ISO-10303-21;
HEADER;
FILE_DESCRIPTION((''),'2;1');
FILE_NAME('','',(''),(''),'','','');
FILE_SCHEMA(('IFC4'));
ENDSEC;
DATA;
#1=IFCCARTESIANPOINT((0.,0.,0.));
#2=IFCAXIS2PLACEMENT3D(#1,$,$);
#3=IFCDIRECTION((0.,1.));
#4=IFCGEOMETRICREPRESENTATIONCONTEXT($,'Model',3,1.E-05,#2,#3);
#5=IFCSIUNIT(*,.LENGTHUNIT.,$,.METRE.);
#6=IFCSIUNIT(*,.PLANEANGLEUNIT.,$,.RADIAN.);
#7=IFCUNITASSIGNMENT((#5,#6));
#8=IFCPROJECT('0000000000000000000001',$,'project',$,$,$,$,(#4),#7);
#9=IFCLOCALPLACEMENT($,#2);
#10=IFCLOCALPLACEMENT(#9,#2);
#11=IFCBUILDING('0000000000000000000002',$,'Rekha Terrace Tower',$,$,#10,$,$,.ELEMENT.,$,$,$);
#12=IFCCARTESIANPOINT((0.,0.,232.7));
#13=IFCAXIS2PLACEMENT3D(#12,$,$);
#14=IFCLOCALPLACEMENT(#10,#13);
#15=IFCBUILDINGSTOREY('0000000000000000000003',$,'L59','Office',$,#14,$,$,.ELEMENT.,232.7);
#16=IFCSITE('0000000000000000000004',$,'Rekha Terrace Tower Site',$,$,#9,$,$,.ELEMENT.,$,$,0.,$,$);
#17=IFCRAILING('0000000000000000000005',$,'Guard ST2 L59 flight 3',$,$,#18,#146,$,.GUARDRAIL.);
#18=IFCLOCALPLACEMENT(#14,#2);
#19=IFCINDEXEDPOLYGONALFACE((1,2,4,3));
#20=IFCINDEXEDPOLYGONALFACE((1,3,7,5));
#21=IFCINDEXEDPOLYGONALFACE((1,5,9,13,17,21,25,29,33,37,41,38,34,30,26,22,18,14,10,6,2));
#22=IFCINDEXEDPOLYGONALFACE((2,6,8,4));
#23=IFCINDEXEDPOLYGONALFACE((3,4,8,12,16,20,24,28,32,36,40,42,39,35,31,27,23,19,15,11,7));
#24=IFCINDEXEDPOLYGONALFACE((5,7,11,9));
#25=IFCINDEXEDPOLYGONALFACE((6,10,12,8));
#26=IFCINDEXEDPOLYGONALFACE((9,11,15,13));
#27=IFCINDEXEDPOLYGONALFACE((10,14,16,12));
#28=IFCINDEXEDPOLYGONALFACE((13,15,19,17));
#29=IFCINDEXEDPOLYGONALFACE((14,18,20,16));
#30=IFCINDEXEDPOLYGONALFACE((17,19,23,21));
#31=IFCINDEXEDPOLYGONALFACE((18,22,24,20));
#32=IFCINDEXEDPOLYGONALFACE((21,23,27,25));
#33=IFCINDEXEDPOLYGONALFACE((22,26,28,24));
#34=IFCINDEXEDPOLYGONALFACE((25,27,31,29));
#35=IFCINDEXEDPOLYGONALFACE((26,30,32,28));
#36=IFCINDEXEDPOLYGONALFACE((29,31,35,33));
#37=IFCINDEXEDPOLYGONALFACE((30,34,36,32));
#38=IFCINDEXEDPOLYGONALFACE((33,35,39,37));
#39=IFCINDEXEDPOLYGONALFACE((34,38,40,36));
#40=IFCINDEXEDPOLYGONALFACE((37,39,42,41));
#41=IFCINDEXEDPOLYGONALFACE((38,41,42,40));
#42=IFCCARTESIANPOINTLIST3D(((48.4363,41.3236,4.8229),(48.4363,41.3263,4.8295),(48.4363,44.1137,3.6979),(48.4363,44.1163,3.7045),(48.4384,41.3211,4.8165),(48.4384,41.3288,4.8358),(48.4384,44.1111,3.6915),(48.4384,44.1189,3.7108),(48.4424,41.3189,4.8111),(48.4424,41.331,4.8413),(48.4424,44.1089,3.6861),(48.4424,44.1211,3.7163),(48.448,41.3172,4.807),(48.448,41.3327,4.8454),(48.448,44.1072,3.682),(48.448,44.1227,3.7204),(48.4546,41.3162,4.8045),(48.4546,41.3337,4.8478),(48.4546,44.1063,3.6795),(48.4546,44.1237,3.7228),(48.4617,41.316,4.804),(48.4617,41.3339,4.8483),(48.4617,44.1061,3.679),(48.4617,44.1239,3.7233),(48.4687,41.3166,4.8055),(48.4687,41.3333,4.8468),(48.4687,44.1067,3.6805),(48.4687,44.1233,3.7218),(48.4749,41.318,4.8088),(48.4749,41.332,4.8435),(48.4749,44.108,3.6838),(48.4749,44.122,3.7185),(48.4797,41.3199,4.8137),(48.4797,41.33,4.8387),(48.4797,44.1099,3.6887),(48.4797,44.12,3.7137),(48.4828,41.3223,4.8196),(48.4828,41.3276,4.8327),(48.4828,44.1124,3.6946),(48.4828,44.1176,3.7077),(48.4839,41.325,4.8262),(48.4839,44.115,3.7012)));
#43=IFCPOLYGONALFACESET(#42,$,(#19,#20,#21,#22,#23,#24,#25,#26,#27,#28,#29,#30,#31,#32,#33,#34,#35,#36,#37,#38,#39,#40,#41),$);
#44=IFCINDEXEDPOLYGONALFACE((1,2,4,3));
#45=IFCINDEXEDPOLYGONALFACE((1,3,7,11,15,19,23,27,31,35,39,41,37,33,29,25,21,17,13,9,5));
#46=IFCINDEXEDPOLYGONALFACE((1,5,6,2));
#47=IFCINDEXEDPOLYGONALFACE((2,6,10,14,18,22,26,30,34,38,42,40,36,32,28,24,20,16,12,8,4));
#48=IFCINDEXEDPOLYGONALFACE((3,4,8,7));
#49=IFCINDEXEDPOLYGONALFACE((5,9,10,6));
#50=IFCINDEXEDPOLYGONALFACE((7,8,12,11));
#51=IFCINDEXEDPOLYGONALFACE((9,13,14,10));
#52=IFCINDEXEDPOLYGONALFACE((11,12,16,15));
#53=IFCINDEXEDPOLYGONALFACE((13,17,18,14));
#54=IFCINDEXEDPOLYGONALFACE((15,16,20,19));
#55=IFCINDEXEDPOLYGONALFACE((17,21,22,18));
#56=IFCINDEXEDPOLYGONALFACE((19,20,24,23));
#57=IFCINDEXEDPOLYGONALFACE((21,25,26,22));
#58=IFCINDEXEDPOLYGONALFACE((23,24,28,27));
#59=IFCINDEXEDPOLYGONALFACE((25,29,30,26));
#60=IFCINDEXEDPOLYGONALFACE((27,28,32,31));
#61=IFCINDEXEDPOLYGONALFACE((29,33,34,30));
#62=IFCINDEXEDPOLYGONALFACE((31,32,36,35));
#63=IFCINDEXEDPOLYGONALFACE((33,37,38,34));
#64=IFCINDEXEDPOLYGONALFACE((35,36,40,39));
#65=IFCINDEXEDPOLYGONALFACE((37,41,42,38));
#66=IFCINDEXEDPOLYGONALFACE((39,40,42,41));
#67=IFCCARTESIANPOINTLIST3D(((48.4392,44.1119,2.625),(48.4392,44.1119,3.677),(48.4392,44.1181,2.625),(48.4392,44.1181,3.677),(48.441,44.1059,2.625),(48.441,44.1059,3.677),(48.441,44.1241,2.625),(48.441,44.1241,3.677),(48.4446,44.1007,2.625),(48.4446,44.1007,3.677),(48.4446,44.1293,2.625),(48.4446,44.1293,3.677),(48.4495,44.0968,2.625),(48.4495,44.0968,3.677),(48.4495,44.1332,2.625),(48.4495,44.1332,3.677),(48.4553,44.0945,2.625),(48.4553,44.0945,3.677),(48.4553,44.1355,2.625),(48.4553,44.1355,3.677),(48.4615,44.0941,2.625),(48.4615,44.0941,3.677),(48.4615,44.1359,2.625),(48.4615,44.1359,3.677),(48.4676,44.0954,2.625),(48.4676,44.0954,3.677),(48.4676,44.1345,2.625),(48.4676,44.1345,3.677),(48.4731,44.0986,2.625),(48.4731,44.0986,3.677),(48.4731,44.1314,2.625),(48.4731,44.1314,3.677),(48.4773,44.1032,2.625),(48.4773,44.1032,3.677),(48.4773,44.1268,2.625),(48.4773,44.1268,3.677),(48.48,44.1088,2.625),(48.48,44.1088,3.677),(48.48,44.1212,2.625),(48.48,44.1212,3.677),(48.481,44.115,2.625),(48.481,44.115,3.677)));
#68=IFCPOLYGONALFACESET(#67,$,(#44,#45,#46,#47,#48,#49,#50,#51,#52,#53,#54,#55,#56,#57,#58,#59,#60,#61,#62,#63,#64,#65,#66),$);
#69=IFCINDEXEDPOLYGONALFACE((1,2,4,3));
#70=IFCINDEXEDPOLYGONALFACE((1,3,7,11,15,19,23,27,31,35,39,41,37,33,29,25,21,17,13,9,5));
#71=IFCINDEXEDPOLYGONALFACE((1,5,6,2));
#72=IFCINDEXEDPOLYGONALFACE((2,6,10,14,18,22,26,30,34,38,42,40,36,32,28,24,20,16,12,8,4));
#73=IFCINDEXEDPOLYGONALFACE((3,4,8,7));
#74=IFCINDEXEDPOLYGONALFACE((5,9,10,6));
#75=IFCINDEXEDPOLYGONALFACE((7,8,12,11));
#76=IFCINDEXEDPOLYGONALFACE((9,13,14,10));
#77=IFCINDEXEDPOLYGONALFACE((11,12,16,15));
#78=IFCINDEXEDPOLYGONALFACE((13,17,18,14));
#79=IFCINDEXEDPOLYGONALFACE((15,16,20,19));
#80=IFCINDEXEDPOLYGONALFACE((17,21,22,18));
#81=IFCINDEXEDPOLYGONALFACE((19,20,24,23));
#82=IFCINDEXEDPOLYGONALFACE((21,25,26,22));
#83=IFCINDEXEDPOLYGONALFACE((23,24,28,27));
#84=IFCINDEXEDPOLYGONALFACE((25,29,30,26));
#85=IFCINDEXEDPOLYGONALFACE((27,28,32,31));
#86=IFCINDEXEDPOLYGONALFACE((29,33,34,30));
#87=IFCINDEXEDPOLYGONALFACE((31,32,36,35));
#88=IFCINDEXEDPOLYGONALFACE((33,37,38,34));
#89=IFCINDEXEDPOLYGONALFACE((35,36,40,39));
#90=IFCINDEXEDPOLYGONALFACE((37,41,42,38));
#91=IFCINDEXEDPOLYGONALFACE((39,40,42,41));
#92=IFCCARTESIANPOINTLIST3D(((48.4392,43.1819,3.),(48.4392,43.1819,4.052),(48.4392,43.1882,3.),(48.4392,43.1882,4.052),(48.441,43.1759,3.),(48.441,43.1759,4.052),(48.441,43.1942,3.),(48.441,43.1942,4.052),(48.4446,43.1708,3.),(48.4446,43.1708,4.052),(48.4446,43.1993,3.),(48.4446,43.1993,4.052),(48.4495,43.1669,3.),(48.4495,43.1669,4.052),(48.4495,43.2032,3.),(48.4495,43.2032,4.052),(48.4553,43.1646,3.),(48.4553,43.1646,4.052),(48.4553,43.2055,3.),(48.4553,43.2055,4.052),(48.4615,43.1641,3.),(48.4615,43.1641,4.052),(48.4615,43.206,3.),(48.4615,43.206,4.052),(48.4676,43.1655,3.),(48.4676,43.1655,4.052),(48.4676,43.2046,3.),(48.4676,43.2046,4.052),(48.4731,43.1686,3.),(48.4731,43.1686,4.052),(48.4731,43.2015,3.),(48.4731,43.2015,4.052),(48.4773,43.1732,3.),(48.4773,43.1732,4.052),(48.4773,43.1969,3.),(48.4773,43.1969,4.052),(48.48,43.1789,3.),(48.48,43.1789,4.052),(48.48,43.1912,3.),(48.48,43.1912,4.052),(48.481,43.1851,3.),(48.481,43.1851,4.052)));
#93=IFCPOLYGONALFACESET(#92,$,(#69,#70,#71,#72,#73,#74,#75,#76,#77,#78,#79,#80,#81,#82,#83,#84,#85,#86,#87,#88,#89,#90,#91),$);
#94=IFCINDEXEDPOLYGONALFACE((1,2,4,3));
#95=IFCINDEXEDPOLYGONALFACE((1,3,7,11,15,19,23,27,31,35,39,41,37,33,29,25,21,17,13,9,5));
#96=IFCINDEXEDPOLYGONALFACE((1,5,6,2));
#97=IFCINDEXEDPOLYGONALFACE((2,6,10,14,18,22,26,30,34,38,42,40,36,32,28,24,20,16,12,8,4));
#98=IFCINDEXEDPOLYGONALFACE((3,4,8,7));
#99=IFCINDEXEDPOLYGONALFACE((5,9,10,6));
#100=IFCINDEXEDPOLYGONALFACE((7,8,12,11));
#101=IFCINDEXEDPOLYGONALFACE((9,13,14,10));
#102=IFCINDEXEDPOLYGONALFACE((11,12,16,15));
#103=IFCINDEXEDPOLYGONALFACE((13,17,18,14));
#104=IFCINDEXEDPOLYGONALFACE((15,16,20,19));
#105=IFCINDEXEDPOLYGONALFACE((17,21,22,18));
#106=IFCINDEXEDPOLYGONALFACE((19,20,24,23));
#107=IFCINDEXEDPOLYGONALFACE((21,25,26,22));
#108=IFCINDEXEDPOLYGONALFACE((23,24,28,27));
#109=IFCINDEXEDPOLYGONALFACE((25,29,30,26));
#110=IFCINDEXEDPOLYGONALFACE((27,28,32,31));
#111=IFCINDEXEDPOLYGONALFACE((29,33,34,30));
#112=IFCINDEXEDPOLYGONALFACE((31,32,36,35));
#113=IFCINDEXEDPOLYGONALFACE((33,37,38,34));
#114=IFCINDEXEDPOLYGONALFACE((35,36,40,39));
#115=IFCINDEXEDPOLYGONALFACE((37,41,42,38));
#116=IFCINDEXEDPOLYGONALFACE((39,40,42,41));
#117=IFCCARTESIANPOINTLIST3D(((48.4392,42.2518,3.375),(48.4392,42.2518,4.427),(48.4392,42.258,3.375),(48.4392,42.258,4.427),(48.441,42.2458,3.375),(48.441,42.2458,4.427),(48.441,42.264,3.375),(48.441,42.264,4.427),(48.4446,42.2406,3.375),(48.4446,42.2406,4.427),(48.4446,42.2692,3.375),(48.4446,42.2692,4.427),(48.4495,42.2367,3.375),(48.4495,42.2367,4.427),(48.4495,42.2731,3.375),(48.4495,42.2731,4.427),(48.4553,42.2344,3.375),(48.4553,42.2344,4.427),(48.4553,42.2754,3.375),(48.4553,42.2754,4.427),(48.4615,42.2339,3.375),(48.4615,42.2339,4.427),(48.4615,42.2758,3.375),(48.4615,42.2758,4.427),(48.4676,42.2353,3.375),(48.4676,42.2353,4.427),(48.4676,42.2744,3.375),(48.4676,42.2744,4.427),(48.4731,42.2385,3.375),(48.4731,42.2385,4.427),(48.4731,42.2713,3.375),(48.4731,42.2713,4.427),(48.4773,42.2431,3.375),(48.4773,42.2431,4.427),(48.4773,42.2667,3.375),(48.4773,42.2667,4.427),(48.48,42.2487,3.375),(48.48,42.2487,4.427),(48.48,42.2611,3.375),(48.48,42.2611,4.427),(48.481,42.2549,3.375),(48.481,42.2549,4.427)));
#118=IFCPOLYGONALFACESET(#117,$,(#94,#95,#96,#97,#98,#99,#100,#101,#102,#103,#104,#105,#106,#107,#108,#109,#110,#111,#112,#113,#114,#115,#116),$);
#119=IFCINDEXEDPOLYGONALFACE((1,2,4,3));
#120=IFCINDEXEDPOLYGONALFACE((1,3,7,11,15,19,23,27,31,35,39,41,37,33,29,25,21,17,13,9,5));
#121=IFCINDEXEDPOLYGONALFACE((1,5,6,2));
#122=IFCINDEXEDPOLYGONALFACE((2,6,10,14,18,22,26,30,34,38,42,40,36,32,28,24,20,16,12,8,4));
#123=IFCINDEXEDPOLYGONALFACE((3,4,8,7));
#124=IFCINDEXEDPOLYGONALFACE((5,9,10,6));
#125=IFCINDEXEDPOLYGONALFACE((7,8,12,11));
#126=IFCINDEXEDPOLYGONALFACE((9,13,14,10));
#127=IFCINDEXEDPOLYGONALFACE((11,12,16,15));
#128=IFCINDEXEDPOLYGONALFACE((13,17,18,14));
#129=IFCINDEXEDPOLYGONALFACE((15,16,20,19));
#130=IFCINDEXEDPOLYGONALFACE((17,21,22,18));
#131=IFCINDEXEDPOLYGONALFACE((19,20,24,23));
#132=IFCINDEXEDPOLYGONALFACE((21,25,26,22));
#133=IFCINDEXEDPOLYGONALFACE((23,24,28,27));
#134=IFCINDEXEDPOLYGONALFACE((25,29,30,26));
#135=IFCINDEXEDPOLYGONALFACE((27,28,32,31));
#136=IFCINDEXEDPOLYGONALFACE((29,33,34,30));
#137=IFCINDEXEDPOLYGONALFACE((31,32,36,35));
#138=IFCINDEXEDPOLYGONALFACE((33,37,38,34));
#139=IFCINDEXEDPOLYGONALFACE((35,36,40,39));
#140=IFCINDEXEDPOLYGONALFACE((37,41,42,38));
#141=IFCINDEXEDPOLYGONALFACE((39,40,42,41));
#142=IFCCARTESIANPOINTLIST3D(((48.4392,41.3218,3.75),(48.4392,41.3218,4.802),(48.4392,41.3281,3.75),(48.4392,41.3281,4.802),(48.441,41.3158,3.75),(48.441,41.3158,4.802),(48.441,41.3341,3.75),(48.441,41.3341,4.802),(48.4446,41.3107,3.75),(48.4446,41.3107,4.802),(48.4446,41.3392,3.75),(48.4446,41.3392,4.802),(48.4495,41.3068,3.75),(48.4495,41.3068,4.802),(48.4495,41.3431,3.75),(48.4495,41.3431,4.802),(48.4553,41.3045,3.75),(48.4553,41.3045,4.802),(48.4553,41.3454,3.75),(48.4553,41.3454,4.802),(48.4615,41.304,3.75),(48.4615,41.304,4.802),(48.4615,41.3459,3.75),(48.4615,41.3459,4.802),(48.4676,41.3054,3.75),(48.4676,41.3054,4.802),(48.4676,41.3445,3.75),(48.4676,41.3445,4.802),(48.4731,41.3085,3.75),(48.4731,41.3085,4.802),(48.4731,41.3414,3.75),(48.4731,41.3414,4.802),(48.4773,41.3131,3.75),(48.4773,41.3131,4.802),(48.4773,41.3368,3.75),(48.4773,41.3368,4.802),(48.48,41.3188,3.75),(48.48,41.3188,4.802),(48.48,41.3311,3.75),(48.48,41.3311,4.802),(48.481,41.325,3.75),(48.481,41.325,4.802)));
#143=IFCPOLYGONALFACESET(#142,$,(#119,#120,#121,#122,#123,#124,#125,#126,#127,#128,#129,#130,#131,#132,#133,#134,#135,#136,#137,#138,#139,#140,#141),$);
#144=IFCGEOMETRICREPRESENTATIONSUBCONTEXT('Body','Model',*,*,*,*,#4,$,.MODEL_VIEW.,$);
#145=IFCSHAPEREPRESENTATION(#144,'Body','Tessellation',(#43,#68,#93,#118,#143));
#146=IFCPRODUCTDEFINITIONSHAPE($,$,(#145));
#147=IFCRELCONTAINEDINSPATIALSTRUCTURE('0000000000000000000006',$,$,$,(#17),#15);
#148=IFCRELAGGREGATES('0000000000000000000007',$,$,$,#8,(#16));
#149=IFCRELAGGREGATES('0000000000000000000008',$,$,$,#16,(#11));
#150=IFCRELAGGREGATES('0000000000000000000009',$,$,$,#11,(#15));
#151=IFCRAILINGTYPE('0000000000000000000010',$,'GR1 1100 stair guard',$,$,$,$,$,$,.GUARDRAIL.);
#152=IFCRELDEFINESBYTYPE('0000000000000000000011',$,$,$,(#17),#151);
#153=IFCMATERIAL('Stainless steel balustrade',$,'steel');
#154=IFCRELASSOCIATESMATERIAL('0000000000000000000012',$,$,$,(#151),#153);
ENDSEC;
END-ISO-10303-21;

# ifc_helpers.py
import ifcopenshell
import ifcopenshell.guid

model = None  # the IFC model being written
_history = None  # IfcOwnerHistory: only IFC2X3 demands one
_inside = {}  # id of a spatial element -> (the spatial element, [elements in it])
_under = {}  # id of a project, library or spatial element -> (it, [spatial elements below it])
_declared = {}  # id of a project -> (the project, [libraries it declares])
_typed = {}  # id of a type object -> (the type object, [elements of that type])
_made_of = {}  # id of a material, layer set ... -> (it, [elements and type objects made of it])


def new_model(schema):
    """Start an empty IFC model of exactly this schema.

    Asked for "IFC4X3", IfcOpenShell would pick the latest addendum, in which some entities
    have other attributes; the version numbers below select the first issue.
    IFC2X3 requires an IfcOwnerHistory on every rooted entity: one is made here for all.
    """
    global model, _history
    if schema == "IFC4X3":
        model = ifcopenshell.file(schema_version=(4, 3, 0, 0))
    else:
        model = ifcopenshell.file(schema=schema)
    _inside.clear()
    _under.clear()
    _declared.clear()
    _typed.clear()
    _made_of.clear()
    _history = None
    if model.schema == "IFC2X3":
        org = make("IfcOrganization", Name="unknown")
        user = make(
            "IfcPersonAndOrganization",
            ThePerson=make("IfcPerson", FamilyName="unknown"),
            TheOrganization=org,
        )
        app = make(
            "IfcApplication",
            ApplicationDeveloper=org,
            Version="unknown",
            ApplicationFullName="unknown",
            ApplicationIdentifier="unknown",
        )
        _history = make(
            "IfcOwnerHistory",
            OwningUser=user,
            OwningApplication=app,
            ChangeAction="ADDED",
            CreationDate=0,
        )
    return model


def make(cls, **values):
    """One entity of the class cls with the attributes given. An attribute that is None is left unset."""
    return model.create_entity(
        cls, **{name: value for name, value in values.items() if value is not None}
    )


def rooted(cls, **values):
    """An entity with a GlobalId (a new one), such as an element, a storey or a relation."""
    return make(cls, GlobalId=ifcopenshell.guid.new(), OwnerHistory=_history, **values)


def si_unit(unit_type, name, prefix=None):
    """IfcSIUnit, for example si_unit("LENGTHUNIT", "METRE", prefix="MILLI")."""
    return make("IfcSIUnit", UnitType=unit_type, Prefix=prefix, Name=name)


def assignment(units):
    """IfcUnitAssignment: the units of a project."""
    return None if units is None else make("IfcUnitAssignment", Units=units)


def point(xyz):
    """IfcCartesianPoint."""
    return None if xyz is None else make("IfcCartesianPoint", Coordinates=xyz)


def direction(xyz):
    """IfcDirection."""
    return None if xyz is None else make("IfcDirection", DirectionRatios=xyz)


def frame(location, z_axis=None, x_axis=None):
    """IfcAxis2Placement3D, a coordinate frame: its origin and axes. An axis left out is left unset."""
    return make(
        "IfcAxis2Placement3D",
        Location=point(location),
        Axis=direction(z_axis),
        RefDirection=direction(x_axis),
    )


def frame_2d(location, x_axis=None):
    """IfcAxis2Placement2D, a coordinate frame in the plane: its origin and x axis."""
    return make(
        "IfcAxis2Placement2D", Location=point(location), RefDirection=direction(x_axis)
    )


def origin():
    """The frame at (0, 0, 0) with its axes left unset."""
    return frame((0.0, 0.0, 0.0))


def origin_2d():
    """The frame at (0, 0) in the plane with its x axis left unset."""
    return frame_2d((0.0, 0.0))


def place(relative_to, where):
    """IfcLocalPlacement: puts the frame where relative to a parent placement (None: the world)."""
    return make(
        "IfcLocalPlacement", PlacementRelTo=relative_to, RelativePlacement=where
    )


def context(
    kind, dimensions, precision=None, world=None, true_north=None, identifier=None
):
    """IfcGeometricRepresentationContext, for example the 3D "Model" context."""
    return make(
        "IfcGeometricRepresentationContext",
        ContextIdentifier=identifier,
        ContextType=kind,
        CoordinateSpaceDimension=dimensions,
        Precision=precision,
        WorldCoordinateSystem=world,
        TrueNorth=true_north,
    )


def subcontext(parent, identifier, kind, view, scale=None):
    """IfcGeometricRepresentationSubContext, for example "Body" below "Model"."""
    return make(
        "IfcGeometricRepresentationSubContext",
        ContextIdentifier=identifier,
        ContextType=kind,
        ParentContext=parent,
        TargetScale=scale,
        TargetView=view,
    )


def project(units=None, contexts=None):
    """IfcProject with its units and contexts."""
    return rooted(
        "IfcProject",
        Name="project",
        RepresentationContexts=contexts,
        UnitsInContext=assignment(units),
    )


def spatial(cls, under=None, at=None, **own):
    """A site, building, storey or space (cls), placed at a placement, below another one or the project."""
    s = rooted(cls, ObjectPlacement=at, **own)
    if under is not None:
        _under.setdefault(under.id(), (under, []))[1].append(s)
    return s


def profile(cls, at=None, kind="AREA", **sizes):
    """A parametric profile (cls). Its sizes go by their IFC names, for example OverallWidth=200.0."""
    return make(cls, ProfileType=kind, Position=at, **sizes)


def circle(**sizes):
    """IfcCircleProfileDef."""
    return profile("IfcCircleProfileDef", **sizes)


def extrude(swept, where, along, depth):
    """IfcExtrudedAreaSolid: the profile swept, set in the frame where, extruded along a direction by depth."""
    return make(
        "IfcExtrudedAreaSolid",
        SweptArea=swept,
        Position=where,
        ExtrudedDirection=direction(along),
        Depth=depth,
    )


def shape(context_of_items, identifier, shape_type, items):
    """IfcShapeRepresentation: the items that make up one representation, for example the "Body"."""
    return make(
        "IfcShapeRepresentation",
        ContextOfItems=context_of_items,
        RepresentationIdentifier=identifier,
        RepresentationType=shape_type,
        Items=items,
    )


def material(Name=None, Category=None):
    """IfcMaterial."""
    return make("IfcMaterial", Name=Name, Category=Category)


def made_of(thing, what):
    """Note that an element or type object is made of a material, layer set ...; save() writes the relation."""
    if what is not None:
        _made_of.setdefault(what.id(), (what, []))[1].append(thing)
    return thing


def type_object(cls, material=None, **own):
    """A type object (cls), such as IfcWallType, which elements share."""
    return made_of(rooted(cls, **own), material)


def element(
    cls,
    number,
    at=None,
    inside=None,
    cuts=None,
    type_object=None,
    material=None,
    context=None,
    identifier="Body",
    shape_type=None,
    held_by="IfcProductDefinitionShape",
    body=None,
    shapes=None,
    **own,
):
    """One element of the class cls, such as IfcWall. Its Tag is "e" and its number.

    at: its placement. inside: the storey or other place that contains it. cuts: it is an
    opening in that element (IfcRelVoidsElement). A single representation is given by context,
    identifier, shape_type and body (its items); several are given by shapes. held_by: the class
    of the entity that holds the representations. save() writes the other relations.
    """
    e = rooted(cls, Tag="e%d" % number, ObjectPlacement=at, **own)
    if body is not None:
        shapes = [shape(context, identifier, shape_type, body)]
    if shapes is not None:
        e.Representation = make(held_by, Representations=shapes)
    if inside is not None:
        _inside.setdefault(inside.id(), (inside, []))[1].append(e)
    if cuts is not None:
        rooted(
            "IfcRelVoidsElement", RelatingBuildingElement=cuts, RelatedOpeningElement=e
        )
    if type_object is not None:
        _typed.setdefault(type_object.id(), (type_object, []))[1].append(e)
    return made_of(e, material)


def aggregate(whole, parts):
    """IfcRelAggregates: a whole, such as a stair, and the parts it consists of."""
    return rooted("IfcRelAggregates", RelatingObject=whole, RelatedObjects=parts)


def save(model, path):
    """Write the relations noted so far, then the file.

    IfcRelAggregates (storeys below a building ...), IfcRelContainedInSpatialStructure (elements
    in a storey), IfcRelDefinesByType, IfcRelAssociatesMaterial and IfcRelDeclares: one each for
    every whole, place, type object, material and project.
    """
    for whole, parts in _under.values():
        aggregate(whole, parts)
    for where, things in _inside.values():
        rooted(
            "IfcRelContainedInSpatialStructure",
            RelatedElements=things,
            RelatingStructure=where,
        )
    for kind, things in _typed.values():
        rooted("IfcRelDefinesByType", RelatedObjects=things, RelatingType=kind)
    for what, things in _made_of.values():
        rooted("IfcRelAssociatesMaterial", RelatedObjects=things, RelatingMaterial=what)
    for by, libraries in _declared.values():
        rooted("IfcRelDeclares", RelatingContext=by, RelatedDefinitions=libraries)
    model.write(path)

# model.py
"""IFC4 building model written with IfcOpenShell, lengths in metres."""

from ifc_helpers import new_model, si_unit, direction, frame, origin, origin_2d, place, context, subcontext, project, spatial, circle, extrude, material, type_object, element, save


model = new_model("IFC4")

# Units and contexts
model_context = context("Model", 3, precision=1e-05, world=origin(), true_north=direction((0.0, 1.0)))
body_context = subcontext(model_context, "Body", "Model", "MODEL_VIEW")
ifc_project = project(units=[si_unit("LENGTHUNIT", "METRE"), si_unit("PLANEANGLEUNIT", "RADIAN")], contexts=[model_context])

# Site, building, storey
site_placement = place(None, origin())
site = spatial("IfcSite", under=ifc_project, at=site_placement, Name="Rekha Terrace Tower Site", CompositionType="ELEMENT", RefElevation=0.0)
building_placement = place(site_placement, origin())
building = spatial("IfcBuilding", under=site, at=building_placement, Name="Rekha Terrace Tower", CompositionType="ELEMENT")
storey_placement = place(building_placement, frame((0.0, 0.0, 232.7)))
storey = spatial("IfcBuildingStorey", under=building, at=storey_placement, Name="L59", Description="Office", CompositionType="ELEMENT", Elevation=232.7)

# Railing
ifc_material_1 = material(Name="Stainless steel balustrade", Category="steel")
railing_type_1 = type_object("IfcRailingType", Name="GR1 1100 stair guard", PredefinedType="GUARDRAIL", material=ifc_material_1)
railing_1_placement = place(storey_placement, frame((48.46, 44.115, 2.625)))
element("IfcRailing", 1, at=railing_1_placement, inside=storey, type_object=railing_type_1, Name="Guard ST2 L59 flight 3", PredefinedType="GUARDRAIL", context=body_context, shape_type="SweptSolid", body=[
    extrude(circle(Radius=0.0239, at=origin_2d()), frame((0.0, 0.0, 1.0762), z_axis=(0.0, -0.927443, 0.373964), x_axis=(1.0, 0.0, 0.0)), (0.0, 0.0, 1.0), 3.0083),
    extrude(circle(Radius=0.021, at=origin_2d()), origin(), (0.0, 0.0, 1.0), 1.052),
    extrude(circle(Radius=0.021, at=origin_2d()), frame((0.0, -0.9299, 0.375)), (0.0, 0.0, 1.0), 1.052),
    extrude(circle(Radius=0.021, at=origin_2d()), frame((0.0, -1.8601, 0.75)), (0.0, 0.0, 1.0), 1.052),
    extrude(circle(Radius=0.021, at=origin_2d()), frame((0.0, -2.79, 1.125)), (0.0, 0.0, 1.0), 1.052),
])

save(model, "model.ifc")
